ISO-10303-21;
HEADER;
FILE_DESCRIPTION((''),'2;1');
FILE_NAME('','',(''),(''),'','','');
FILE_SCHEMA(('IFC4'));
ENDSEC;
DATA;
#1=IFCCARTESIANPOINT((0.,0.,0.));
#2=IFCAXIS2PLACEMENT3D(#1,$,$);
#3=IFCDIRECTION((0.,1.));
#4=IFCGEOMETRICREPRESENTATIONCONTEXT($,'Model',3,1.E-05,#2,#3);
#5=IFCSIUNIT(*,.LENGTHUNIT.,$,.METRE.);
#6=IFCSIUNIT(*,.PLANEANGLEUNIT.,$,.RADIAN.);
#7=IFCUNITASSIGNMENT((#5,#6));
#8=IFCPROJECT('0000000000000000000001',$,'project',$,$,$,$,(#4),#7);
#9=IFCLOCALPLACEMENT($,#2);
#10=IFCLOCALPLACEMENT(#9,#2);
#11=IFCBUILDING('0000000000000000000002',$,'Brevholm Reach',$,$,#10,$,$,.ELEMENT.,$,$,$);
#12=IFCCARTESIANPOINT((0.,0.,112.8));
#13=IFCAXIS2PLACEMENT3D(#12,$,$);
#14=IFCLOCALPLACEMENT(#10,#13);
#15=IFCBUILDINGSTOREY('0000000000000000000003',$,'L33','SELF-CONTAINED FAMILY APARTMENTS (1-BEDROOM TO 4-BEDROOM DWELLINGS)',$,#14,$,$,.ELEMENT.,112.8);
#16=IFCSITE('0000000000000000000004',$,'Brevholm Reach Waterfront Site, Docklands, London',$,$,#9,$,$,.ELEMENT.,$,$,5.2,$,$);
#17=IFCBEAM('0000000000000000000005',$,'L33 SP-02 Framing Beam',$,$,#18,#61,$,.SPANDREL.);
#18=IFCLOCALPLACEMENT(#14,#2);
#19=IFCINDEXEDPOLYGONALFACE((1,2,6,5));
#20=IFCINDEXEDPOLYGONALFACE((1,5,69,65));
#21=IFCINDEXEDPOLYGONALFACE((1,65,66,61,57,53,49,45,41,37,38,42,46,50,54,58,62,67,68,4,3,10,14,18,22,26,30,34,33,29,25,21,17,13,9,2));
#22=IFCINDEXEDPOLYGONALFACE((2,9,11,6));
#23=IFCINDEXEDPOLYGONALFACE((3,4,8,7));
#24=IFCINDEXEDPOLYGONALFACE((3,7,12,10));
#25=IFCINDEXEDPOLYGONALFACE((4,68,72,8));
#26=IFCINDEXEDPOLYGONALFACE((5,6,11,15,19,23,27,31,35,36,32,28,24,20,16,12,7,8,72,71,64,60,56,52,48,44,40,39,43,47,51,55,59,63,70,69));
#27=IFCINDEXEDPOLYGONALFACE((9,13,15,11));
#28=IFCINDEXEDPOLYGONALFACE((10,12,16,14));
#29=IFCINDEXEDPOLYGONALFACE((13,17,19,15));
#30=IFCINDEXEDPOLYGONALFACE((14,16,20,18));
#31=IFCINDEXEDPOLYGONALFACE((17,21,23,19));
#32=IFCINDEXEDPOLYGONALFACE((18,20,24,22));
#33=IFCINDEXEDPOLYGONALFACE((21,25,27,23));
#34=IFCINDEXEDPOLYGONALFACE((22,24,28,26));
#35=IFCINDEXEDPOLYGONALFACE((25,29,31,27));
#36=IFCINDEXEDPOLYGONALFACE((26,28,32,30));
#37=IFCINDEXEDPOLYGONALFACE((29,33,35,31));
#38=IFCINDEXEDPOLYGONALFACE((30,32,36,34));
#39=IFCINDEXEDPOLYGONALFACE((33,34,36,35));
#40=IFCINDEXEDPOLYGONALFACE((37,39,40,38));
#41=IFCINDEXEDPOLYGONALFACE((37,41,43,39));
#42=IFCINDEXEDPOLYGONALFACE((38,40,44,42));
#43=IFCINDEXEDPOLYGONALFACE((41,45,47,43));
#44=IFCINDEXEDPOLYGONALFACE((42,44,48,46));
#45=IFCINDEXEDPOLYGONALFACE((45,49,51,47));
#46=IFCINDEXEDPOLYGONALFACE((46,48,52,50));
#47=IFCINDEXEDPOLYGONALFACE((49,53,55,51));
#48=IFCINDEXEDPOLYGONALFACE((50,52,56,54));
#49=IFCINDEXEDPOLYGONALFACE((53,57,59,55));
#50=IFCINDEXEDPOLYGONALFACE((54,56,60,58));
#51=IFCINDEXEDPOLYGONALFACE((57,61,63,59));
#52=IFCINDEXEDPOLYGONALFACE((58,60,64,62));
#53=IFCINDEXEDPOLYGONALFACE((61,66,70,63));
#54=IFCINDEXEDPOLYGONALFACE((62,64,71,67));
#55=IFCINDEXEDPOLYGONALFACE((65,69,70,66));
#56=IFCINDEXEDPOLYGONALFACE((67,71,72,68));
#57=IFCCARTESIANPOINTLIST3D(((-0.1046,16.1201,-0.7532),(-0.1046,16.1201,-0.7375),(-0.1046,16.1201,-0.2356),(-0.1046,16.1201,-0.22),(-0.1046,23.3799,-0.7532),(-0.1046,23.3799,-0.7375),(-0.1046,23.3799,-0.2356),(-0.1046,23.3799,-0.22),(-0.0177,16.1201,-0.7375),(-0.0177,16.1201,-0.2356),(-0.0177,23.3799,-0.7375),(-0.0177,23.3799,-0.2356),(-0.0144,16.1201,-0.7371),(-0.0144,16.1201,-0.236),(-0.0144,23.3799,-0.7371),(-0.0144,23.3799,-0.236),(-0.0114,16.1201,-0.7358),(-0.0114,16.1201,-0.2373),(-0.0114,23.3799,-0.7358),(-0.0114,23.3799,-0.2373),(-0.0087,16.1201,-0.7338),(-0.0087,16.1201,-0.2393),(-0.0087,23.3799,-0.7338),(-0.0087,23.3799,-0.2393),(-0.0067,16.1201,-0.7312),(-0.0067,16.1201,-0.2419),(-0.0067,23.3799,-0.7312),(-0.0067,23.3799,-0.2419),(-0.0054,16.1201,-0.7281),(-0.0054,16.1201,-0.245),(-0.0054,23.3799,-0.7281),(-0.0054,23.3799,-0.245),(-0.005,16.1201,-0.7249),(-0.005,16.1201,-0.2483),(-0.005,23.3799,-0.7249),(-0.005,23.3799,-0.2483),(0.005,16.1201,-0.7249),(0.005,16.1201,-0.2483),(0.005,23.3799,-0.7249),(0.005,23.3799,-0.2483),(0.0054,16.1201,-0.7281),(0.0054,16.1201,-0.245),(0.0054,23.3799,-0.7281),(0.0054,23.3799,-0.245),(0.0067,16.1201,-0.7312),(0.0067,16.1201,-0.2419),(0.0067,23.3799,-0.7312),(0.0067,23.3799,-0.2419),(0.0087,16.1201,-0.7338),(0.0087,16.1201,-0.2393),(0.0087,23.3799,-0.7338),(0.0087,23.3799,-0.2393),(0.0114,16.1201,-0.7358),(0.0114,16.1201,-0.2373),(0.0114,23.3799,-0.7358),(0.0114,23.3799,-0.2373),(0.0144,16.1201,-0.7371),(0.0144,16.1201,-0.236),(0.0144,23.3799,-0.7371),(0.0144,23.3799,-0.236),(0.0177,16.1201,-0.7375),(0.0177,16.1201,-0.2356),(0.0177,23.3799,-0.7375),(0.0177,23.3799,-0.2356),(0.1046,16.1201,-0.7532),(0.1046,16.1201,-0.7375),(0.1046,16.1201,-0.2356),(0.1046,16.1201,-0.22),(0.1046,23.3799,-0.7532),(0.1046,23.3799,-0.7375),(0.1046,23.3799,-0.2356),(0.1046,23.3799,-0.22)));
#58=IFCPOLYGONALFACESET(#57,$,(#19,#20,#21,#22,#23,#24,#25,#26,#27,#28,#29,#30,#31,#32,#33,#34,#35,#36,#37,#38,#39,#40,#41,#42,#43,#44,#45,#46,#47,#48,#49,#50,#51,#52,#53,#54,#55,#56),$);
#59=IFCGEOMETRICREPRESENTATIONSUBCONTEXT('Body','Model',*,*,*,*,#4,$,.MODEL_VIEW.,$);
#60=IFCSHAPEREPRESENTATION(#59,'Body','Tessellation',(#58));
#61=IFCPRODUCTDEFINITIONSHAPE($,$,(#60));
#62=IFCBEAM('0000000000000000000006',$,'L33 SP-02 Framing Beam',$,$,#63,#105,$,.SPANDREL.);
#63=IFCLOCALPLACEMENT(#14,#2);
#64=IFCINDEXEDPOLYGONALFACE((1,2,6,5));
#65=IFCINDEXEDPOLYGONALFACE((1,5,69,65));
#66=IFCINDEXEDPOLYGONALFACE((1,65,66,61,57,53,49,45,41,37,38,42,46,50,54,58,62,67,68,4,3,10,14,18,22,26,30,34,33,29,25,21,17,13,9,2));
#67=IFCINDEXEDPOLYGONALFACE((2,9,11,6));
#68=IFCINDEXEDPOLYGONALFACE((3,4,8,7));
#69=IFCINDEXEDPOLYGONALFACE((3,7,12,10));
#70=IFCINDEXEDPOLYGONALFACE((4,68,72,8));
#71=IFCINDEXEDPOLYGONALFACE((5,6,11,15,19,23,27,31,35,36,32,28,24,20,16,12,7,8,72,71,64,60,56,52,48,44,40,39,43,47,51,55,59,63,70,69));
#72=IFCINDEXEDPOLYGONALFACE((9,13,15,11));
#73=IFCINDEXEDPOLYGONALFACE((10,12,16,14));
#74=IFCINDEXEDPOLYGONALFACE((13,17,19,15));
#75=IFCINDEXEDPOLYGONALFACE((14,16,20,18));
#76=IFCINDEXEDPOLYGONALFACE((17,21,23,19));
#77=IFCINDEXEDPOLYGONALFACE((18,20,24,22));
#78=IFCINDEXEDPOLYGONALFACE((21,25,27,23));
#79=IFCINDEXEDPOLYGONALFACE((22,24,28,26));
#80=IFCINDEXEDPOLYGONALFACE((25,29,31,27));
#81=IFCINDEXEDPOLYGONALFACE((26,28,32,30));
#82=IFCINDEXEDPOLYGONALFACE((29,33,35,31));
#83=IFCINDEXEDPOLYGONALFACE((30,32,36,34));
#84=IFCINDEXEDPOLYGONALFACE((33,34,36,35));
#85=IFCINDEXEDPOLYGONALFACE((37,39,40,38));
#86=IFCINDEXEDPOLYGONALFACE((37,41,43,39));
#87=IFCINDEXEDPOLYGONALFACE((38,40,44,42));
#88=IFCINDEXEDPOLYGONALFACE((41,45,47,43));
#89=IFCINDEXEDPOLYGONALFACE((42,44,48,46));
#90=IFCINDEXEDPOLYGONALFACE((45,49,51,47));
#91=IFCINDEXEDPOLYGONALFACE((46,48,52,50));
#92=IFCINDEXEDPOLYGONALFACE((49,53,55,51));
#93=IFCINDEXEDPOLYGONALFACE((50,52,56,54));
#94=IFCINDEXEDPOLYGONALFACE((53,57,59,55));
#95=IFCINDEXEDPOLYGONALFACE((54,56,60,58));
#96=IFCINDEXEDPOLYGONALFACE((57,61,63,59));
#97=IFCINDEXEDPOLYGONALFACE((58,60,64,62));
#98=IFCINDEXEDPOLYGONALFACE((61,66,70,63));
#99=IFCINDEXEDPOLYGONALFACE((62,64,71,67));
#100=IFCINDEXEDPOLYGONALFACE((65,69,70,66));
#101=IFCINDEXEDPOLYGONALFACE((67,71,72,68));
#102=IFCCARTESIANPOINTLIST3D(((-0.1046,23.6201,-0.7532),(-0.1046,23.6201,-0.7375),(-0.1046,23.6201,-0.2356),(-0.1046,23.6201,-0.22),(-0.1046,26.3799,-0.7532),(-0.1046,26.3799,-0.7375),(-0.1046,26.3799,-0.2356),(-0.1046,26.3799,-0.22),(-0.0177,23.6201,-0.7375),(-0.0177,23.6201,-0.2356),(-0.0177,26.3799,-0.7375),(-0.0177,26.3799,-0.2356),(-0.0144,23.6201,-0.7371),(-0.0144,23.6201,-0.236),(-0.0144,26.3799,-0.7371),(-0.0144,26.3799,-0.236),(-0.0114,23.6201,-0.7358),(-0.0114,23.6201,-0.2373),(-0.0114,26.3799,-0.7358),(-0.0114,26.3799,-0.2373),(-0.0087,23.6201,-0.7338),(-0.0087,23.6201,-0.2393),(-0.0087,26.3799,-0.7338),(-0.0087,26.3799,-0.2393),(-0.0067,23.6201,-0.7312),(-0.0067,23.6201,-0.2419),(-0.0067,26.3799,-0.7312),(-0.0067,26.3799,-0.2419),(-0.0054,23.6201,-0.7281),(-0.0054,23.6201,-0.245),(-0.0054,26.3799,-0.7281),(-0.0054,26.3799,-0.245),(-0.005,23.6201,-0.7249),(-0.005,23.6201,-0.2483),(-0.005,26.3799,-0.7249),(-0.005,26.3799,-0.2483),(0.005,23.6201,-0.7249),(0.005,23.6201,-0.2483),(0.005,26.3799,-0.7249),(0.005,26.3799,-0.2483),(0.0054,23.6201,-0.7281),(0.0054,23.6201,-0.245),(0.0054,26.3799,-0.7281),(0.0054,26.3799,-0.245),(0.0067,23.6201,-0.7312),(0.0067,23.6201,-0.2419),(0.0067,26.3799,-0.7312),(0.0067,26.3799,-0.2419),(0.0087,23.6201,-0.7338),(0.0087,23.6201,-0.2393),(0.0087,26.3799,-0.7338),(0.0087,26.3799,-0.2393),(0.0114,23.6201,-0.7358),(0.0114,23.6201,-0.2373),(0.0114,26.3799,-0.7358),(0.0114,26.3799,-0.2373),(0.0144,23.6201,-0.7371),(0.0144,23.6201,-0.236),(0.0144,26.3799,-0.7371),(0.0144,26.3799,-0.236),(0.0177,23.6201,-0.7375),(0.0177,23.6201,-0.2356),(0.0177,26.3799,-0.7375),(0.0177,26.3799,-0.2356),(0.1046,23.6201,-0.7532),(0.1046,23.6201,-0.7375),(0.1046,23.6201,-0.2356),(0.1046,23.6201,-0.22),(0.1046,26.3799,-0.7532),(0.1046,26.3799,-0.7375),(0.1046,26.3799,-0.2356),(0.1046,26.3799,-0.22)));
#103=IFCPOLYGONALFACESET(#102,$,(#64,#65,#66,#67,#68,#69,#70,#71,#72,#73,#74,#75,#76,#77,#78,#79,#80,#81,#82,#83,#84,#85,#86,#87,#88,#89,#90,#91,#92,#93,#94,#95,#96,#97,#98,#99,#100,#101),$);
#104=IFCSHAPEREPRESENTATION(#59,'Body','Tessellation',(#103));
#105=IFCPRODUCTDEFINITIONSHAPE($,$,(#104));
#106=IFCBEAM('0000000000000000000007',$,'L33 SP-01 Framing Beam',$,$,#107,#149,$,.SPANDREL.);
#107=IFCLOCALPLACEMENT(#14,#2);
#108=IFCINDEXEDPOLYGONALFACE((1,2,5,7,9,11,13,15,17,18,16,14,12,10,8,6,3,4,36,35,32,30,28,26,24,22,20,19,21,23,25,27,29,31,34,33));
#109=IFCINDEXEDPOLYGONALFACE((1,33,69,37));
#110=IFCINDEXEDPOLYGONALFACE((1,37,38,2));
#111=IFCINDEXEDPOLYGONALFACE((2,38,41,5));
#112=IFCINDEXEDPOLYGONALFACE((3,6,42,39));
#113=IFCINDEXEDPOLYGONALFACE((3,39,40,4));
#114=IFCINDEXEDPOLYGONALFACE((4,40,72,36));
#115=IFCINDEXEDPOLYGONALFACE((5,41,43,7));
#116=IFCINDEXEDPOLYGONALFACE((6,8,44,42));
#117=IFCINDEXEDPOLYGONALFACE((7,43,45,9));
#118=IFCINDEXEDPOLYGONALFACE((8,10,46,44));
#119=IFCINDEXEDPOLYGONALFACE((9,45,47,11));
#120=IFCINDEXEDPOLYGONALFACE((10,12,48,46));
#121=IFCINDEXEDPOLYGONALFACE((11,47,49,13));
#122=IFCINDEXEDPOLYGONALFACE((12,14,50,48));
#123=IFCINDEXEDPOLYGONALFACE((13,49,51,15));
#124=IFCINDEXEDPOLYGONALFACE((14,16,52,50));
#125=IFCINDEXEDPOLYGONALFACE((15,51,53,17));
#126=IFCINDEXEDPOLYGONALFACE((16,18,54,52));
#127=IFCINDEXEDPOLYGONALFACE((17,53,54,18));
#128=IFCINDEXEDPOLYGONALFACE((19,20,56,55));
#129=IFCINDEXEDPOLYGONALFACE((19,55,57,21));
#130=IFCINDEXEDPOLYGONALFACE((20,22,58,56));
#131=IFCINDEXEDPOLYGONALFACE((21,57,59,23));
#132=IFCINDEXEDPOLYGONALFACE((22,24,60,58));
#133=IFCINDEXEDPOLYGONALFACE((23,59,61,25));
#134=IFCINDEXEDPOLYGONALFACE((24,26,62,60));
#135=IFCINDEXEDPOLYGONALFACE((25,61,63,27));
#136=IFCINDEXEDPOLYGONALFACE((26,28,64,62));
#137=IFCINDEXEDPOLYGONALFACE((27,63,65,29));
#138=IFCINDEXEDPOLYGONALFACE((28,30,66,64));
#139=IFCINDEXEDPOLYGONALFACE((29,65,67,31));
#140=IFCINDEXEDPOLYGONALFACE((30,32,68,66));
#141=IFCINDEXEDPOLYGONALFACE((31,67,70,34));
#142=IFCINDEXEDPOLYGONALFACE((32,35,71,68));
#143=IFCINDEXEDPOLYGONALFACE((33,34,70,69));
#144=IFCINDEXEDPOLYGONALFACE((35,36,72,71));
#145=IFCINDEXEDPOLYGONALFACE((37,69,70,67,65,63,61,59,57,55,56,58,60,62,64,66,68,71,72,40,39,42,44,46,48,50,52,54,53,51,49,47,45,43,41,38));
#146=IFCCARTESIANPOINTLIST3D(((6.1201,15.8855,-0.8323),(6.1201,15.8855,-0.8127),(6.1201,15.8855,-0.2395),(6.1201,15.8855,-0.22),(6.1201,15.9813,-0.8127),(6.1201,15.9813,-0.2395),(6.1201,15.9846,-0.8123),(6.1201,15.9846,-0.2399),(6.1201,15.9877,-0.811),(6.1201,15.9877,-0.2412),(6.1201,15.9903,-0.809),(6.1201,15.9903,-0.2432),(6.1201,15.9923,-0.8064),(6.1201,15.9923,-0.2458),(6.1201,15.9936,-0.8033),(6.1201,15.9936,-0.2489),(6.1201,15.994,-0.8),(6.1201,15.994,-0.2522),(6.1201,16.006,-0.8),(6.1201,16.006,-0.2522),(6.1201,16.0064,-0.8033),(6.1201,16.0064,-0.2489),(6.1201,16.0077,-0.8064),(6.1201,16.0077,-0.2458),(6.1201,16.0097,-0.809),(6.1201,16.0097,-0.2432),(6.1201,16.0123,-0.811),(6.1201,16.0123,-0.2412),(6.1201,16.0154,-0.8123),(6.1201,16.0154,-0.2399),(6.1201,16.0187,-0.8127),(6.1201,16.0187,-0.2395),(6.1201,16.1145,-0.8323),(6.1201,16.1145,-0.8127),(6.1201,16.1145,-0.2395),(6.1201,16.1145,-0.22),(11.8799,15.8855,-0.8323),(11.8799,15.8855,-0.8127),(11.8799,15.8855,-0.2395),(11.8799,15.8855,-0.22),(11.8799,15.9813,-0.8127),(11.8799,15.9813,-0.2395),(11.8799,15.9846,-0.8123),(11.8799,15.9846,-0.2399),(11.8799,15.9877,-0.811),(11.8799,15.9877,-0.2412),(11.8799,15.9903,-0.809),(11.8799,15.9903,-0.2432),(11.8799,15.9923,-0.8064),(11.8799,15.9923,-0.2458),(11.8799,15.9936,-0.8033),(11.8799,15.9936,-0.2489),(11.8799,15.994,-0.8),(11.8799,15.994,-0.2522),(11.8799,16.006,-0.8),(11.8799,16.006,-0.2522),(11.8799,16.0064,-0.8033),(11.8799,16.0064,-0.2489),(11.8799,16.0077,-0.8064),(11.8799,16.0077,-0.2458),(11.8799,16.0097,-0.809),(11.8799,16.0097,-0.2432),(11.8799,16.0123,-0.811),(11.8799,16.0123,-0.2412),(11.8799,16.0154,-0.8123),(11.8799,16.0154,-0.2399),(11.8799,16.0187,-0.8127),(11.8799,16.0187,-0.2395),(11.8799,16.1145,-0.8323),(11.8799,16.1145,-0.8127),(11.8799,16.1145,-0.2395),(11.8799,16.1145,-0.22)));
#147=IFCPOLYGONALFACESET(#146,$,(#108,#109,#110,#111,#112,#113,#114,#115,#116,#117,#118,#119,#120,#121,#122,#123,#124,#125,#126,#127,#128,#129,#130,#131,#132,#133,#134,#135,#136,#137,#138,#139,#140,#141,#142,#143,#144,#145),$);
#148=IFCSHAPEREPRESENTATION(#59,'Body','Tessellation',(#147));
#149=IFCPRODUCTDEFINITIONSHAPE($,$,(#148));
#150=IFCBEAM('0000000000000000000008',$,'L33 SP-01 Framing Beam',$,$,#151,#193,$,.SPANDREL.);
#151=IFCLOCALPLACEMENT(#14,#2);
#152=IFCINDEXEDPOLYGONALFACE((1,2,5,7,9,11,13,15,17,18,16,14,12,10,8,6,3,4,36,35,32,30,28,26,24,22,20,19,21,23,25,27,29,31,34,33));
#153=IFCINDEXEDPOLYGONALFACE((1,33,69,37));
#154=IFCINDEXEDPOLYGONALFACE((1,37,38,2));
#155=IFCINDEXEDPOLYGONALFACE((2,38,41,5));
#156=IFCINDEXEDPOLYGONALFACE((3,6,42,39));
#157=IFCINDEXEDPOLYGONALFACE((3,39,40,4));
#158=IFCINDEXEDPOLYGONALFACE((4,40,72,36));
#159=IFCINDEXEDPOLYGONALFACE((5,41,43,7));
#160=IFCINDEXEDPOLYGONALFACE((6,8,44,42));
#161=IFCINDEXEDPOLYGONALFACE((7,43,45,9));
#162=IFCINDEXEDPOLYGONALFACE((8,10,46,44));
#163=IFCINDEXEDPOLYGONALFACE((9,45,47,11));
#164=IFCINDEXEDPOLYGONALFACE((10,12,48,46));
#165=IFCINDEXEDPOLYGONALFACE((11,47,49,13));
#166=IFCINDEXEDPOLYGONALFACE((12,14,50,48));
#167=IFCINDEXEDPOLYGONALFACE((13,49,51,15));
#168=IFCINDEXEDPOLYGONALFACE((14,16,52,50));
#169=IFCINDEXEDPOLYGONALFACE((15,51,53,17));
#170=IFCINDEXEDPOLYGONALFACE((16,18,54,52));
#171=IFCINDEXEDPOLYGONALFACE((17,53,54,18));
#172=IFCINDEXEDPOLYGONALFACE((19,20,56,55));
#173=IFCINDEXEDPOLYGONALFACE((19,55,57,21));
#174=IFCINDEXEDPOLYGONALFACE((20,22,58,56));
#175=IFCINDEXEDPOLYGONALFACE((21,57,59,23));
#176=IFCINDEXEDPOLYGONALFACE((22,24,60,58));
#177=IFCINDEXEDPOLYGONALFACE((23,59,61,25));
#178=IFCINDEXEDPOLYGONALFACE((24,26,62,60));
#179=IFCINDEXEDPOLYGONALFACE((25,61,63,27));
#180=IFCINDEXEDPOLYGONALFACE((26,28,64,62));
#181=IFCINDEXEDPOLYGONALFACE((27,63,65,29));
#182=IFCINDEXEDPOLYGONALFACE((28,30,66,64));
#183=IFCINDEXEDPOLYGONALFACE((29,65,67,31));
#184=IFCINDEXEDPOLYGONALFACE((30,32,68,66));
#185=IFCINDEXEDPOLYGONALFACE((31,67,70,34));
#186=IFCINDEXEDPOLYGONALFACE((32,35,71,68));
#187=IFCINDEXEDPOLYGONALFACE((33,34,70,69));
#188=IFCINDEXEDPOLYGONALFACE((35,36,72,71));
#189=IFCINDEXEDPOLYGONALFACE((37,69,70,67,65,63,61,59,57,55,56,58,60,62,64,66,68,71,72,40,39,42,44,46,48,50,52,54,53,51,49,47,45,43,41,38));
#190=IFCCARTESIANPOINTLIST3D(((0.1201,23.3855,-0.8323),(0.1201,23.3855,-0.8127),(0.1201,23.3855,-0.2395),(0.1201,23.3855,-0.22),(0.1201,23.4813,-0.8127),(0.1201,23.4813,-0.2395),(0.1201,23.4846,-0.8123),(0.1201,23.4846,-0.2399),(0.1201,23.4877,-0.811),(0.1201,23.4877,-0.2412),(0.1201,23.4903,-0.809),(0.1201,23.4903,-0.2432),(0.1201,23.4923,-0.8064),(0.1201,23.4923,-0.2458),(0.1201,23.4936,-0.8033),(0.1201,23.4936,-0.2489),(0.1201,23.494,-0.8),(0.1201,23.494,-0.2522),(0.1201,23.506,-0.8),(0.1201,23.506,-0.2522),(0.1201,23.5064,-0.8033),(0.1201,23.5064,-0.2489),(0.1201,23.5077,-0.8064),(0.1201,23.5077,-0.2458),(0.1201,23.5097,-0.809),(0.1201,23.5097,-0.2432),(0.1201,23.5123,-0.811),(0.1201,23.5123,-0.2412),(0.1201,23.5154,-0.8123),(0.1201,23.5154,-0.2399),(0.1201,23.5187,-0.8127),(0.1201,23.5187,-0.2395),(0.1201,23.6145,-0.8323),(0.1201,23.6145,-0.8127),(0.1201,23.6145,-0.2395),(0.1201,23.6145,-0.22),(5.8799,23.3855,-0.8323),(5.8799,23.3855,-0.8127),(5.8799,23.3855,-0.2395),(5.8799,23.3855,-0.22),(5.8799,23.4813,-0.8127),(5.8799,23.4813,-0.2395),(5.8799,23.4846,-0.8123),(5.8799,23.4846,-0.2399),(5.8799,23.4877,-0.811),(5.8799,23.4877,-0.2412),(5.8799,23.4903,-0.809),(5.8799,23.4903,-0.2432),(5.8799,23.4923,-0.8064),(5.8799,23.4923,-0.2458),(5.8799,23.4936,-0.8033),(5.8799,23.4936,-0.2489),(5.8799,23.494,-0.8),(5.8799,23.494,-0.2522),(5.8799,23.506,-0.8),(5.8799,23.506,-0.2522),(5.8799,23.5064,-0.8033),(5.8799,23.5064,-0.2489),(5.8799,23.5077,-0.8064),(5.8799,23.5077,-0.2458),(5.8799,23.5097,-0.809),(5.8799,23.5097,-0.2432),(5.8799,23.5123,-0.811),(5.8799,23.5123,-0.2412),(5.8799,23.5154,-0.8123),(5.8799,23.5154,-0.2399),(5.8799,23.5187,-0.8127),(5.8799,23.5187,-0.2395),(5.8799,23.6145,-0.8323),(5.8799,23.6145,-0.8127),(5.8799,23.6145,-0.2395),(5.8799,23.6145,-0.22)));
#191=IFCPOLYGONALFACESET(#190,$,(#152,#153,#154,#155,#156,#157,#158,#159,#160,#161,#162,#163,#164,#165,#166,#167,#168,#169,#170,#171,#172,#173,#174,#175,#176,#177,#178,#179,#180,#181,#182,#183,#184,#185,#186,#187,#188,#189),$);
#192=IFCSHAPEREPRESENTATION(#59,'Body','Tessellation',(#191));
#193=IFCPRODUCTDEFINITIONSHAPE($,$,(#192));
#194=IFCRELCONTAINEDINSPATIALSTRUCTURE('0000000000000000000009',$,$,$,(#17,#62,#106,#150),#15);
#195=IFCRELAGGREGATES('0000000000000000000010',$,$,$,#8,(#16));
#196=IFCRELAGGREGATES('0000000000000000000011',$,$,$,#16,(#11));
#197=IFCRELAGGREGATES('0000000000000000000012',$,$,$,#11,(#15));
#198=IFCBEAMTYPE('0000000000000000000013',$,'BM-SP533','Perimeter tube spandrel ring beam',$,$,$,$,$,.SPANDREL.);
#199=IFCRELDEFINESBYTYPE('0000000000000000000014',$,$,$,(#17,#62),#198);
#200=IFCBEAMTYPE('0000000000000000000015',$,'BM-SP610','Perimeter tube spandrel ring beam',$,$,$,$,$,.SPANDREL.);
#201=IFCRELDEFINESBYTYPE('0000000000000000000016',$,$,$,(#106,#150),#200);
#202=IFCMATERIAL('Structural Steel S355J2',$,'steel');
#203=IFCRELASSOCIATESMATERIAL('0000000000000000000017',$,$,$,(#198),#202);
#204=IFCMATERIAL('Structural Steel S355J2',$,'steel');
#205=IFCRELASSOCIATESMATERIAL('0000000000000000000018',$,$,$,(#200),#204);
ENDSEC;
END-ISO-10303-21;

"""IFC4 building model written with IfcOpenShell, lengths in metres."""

from ifc_helpers import new_model, si_unit, direction, frame, origin, origin_2d, place, context, subcontext, project, spatial, i_section, extrude, material, material_profile, profile_set, type_object, element, save


model = new_model("IFC4")

# Units and contexts
model_context = context("Model", 3, precision=1e-05, world=origin(), true_north=direction((0.0, 1.0)))
body_context = subcontext(model_context, "Body", "Model", "MODEL_VIEW")
ifc_project = project(units=[si_unit("LENGTHUNIT", "METRE"), si_unit("PLANEANGLEUNIT", "RADIAN")], contexts=[model_context])

# Site, building, storey
site_placement = place(None, origin())
site = spatial("IfcSite", under=ifc_project, at=site_placement, Name="Brevholm Reach Waterfront Site, Docklands, London", CompositionType="ELEMENT", RefElevation=5.2)
building_placement = place(site_placement, origin())
building = spatial("IfcBuilding", under=site, at=building_placement, Name="Brevholm Reach", CompositionType="ELEMENT")
storey_placement = place(building_placement, frame((0.0, 0.0, 112.8)))
storey = spatial("IfcBuildingStorey", under=building, at=storey_placement, Name="L33", Description="SELF-CONTAINED FAMILY APARTMENTS (1-BEDROOM TO 4-BEDROOM DWELLINGS)", CompositionType="ELEMENT", Elevation=112.8)

# Beams
ifc_material_1 = material(Name="Structural Steel S355J2", Category="steel")
ifc_material_profile_1 = material_profile(ifc_material_1, i_section(OverallWidth=0.2092, OverallDepth=0.5332, WebThickness=0.01, FlangeThickness=0.0156, FilletRadius=0.0127, at=origin_2d()), Name="UKB 533x210x92")
ifc_profile_set_1 = profile_set([ifc_material_profile_1], Name="Structural Steel S355J2")
beam_type_1 = type_object("IfcBeamType", Name="BM-SP533", Description="Perimeter tube spandrel ring beam", PredefinedType="SPANDREL", material=ifc_profile_set_1)
beam_1_placement = place(storey_placement, frame((0.0, 16.1201, -0.4866), z_axis=(0.0, 1.0, 0.0), x_axis=(-1.0, 0.0, 0.0)))
element("IfcBeam", 1, at=beam_1_placement, inside=storey, type_object=beam_type_1, Name="L33 SP-02 Framing Beam", PredefinedType="SPANDREL", context=body_context, shape_type="SweptSolid", body=[
    extrude(i_section(OverallWidth=0.2092, OverallDepth=0.5332, WebThickness=0.01, FlangeThickness=0.0156, FilletRadius=0.0127, at=origin_2d()), origin(), (0.0, 0.0, 1.0), 7.2598),
])
beam_2_placement = place(storey_placement, frame((0.0, 23.6201, -0.4866), z_axis=(0.0, 1.0, 0.0), x_axis=(-1.0, 0.0, 0.0)))
element("IfcBeam", 2, at=beam_2_placement, inside=storey, type_object=beam_type_1, Name="L33 SP-02 Framing Beam", PredefinedType="SPANDREL", context=body_context, shape_type="SweptSolid", body=[
    extrude(i_section(OverallWidth=0.2092, OverallDepth=0.5332, WebThickness=0.01, FlangeThickness=0.0156, FilletRadius=0.0127, at=origin_2d()), origin(), (0.0, 0.0, 1.0), 2.7598),
])
ifc_material_2 = material(Name="Structural Steel S355J2", Category="steel")
ifc_material_profile_2 = material_profile(ifc_material_2, i_section(OverallWidth=0.229, OverallDepth=0.6123, WebThickness=0.012, FlangeThickness=0.0195, FilletRadius=0.0127, at=origin_2d()), Name="UKB 610x229x125")
ifc_profile_set_2 = profile_set([ifc_material_profile_2], Name="Structural Steel S355J2")
beam_type_2 = type_object("IfcBeamType", Name="BM-SP610", Description="Perimeter tube spandrel ring beam", PredefinedType="SPANDREL", material=ifc_profile_set_2)
for number, where, z_axis, x_axis, name in (
    (3, (6.1201, 16.0, -0.5261), (1.0, 0.0, 0.0), (0.0, 1.0, 0.0), "L33 SP-01 Framing Beam"),
    (4, (0.1201, 23.5, -0.5261), (1.0, 0.0, 0.0), (0.0, 1.0, 0.0), "L33 SP-01 Framing Beam"),
):
    element("IfcBeam", number, at=place(storey_placement, frame(where, z_axis=z_axis, x_axis=x_axis)), inside=storey, type_object=beam_type_2, Name=name, PredefinedType="SPANDREL", context=body_context, shape_type="SweptSolid", body=[
        extrude(i_section(OverallWidth=0.229, OverallDepth=0.6123, WebThickness=0.012, FlangeThickness=0.0195, FilletRadius=0.0127, at=origin_2d()), origin(), (0.0, 0.0, 1.0), 5.7598),
    ])

save(model, "model.ifc")
